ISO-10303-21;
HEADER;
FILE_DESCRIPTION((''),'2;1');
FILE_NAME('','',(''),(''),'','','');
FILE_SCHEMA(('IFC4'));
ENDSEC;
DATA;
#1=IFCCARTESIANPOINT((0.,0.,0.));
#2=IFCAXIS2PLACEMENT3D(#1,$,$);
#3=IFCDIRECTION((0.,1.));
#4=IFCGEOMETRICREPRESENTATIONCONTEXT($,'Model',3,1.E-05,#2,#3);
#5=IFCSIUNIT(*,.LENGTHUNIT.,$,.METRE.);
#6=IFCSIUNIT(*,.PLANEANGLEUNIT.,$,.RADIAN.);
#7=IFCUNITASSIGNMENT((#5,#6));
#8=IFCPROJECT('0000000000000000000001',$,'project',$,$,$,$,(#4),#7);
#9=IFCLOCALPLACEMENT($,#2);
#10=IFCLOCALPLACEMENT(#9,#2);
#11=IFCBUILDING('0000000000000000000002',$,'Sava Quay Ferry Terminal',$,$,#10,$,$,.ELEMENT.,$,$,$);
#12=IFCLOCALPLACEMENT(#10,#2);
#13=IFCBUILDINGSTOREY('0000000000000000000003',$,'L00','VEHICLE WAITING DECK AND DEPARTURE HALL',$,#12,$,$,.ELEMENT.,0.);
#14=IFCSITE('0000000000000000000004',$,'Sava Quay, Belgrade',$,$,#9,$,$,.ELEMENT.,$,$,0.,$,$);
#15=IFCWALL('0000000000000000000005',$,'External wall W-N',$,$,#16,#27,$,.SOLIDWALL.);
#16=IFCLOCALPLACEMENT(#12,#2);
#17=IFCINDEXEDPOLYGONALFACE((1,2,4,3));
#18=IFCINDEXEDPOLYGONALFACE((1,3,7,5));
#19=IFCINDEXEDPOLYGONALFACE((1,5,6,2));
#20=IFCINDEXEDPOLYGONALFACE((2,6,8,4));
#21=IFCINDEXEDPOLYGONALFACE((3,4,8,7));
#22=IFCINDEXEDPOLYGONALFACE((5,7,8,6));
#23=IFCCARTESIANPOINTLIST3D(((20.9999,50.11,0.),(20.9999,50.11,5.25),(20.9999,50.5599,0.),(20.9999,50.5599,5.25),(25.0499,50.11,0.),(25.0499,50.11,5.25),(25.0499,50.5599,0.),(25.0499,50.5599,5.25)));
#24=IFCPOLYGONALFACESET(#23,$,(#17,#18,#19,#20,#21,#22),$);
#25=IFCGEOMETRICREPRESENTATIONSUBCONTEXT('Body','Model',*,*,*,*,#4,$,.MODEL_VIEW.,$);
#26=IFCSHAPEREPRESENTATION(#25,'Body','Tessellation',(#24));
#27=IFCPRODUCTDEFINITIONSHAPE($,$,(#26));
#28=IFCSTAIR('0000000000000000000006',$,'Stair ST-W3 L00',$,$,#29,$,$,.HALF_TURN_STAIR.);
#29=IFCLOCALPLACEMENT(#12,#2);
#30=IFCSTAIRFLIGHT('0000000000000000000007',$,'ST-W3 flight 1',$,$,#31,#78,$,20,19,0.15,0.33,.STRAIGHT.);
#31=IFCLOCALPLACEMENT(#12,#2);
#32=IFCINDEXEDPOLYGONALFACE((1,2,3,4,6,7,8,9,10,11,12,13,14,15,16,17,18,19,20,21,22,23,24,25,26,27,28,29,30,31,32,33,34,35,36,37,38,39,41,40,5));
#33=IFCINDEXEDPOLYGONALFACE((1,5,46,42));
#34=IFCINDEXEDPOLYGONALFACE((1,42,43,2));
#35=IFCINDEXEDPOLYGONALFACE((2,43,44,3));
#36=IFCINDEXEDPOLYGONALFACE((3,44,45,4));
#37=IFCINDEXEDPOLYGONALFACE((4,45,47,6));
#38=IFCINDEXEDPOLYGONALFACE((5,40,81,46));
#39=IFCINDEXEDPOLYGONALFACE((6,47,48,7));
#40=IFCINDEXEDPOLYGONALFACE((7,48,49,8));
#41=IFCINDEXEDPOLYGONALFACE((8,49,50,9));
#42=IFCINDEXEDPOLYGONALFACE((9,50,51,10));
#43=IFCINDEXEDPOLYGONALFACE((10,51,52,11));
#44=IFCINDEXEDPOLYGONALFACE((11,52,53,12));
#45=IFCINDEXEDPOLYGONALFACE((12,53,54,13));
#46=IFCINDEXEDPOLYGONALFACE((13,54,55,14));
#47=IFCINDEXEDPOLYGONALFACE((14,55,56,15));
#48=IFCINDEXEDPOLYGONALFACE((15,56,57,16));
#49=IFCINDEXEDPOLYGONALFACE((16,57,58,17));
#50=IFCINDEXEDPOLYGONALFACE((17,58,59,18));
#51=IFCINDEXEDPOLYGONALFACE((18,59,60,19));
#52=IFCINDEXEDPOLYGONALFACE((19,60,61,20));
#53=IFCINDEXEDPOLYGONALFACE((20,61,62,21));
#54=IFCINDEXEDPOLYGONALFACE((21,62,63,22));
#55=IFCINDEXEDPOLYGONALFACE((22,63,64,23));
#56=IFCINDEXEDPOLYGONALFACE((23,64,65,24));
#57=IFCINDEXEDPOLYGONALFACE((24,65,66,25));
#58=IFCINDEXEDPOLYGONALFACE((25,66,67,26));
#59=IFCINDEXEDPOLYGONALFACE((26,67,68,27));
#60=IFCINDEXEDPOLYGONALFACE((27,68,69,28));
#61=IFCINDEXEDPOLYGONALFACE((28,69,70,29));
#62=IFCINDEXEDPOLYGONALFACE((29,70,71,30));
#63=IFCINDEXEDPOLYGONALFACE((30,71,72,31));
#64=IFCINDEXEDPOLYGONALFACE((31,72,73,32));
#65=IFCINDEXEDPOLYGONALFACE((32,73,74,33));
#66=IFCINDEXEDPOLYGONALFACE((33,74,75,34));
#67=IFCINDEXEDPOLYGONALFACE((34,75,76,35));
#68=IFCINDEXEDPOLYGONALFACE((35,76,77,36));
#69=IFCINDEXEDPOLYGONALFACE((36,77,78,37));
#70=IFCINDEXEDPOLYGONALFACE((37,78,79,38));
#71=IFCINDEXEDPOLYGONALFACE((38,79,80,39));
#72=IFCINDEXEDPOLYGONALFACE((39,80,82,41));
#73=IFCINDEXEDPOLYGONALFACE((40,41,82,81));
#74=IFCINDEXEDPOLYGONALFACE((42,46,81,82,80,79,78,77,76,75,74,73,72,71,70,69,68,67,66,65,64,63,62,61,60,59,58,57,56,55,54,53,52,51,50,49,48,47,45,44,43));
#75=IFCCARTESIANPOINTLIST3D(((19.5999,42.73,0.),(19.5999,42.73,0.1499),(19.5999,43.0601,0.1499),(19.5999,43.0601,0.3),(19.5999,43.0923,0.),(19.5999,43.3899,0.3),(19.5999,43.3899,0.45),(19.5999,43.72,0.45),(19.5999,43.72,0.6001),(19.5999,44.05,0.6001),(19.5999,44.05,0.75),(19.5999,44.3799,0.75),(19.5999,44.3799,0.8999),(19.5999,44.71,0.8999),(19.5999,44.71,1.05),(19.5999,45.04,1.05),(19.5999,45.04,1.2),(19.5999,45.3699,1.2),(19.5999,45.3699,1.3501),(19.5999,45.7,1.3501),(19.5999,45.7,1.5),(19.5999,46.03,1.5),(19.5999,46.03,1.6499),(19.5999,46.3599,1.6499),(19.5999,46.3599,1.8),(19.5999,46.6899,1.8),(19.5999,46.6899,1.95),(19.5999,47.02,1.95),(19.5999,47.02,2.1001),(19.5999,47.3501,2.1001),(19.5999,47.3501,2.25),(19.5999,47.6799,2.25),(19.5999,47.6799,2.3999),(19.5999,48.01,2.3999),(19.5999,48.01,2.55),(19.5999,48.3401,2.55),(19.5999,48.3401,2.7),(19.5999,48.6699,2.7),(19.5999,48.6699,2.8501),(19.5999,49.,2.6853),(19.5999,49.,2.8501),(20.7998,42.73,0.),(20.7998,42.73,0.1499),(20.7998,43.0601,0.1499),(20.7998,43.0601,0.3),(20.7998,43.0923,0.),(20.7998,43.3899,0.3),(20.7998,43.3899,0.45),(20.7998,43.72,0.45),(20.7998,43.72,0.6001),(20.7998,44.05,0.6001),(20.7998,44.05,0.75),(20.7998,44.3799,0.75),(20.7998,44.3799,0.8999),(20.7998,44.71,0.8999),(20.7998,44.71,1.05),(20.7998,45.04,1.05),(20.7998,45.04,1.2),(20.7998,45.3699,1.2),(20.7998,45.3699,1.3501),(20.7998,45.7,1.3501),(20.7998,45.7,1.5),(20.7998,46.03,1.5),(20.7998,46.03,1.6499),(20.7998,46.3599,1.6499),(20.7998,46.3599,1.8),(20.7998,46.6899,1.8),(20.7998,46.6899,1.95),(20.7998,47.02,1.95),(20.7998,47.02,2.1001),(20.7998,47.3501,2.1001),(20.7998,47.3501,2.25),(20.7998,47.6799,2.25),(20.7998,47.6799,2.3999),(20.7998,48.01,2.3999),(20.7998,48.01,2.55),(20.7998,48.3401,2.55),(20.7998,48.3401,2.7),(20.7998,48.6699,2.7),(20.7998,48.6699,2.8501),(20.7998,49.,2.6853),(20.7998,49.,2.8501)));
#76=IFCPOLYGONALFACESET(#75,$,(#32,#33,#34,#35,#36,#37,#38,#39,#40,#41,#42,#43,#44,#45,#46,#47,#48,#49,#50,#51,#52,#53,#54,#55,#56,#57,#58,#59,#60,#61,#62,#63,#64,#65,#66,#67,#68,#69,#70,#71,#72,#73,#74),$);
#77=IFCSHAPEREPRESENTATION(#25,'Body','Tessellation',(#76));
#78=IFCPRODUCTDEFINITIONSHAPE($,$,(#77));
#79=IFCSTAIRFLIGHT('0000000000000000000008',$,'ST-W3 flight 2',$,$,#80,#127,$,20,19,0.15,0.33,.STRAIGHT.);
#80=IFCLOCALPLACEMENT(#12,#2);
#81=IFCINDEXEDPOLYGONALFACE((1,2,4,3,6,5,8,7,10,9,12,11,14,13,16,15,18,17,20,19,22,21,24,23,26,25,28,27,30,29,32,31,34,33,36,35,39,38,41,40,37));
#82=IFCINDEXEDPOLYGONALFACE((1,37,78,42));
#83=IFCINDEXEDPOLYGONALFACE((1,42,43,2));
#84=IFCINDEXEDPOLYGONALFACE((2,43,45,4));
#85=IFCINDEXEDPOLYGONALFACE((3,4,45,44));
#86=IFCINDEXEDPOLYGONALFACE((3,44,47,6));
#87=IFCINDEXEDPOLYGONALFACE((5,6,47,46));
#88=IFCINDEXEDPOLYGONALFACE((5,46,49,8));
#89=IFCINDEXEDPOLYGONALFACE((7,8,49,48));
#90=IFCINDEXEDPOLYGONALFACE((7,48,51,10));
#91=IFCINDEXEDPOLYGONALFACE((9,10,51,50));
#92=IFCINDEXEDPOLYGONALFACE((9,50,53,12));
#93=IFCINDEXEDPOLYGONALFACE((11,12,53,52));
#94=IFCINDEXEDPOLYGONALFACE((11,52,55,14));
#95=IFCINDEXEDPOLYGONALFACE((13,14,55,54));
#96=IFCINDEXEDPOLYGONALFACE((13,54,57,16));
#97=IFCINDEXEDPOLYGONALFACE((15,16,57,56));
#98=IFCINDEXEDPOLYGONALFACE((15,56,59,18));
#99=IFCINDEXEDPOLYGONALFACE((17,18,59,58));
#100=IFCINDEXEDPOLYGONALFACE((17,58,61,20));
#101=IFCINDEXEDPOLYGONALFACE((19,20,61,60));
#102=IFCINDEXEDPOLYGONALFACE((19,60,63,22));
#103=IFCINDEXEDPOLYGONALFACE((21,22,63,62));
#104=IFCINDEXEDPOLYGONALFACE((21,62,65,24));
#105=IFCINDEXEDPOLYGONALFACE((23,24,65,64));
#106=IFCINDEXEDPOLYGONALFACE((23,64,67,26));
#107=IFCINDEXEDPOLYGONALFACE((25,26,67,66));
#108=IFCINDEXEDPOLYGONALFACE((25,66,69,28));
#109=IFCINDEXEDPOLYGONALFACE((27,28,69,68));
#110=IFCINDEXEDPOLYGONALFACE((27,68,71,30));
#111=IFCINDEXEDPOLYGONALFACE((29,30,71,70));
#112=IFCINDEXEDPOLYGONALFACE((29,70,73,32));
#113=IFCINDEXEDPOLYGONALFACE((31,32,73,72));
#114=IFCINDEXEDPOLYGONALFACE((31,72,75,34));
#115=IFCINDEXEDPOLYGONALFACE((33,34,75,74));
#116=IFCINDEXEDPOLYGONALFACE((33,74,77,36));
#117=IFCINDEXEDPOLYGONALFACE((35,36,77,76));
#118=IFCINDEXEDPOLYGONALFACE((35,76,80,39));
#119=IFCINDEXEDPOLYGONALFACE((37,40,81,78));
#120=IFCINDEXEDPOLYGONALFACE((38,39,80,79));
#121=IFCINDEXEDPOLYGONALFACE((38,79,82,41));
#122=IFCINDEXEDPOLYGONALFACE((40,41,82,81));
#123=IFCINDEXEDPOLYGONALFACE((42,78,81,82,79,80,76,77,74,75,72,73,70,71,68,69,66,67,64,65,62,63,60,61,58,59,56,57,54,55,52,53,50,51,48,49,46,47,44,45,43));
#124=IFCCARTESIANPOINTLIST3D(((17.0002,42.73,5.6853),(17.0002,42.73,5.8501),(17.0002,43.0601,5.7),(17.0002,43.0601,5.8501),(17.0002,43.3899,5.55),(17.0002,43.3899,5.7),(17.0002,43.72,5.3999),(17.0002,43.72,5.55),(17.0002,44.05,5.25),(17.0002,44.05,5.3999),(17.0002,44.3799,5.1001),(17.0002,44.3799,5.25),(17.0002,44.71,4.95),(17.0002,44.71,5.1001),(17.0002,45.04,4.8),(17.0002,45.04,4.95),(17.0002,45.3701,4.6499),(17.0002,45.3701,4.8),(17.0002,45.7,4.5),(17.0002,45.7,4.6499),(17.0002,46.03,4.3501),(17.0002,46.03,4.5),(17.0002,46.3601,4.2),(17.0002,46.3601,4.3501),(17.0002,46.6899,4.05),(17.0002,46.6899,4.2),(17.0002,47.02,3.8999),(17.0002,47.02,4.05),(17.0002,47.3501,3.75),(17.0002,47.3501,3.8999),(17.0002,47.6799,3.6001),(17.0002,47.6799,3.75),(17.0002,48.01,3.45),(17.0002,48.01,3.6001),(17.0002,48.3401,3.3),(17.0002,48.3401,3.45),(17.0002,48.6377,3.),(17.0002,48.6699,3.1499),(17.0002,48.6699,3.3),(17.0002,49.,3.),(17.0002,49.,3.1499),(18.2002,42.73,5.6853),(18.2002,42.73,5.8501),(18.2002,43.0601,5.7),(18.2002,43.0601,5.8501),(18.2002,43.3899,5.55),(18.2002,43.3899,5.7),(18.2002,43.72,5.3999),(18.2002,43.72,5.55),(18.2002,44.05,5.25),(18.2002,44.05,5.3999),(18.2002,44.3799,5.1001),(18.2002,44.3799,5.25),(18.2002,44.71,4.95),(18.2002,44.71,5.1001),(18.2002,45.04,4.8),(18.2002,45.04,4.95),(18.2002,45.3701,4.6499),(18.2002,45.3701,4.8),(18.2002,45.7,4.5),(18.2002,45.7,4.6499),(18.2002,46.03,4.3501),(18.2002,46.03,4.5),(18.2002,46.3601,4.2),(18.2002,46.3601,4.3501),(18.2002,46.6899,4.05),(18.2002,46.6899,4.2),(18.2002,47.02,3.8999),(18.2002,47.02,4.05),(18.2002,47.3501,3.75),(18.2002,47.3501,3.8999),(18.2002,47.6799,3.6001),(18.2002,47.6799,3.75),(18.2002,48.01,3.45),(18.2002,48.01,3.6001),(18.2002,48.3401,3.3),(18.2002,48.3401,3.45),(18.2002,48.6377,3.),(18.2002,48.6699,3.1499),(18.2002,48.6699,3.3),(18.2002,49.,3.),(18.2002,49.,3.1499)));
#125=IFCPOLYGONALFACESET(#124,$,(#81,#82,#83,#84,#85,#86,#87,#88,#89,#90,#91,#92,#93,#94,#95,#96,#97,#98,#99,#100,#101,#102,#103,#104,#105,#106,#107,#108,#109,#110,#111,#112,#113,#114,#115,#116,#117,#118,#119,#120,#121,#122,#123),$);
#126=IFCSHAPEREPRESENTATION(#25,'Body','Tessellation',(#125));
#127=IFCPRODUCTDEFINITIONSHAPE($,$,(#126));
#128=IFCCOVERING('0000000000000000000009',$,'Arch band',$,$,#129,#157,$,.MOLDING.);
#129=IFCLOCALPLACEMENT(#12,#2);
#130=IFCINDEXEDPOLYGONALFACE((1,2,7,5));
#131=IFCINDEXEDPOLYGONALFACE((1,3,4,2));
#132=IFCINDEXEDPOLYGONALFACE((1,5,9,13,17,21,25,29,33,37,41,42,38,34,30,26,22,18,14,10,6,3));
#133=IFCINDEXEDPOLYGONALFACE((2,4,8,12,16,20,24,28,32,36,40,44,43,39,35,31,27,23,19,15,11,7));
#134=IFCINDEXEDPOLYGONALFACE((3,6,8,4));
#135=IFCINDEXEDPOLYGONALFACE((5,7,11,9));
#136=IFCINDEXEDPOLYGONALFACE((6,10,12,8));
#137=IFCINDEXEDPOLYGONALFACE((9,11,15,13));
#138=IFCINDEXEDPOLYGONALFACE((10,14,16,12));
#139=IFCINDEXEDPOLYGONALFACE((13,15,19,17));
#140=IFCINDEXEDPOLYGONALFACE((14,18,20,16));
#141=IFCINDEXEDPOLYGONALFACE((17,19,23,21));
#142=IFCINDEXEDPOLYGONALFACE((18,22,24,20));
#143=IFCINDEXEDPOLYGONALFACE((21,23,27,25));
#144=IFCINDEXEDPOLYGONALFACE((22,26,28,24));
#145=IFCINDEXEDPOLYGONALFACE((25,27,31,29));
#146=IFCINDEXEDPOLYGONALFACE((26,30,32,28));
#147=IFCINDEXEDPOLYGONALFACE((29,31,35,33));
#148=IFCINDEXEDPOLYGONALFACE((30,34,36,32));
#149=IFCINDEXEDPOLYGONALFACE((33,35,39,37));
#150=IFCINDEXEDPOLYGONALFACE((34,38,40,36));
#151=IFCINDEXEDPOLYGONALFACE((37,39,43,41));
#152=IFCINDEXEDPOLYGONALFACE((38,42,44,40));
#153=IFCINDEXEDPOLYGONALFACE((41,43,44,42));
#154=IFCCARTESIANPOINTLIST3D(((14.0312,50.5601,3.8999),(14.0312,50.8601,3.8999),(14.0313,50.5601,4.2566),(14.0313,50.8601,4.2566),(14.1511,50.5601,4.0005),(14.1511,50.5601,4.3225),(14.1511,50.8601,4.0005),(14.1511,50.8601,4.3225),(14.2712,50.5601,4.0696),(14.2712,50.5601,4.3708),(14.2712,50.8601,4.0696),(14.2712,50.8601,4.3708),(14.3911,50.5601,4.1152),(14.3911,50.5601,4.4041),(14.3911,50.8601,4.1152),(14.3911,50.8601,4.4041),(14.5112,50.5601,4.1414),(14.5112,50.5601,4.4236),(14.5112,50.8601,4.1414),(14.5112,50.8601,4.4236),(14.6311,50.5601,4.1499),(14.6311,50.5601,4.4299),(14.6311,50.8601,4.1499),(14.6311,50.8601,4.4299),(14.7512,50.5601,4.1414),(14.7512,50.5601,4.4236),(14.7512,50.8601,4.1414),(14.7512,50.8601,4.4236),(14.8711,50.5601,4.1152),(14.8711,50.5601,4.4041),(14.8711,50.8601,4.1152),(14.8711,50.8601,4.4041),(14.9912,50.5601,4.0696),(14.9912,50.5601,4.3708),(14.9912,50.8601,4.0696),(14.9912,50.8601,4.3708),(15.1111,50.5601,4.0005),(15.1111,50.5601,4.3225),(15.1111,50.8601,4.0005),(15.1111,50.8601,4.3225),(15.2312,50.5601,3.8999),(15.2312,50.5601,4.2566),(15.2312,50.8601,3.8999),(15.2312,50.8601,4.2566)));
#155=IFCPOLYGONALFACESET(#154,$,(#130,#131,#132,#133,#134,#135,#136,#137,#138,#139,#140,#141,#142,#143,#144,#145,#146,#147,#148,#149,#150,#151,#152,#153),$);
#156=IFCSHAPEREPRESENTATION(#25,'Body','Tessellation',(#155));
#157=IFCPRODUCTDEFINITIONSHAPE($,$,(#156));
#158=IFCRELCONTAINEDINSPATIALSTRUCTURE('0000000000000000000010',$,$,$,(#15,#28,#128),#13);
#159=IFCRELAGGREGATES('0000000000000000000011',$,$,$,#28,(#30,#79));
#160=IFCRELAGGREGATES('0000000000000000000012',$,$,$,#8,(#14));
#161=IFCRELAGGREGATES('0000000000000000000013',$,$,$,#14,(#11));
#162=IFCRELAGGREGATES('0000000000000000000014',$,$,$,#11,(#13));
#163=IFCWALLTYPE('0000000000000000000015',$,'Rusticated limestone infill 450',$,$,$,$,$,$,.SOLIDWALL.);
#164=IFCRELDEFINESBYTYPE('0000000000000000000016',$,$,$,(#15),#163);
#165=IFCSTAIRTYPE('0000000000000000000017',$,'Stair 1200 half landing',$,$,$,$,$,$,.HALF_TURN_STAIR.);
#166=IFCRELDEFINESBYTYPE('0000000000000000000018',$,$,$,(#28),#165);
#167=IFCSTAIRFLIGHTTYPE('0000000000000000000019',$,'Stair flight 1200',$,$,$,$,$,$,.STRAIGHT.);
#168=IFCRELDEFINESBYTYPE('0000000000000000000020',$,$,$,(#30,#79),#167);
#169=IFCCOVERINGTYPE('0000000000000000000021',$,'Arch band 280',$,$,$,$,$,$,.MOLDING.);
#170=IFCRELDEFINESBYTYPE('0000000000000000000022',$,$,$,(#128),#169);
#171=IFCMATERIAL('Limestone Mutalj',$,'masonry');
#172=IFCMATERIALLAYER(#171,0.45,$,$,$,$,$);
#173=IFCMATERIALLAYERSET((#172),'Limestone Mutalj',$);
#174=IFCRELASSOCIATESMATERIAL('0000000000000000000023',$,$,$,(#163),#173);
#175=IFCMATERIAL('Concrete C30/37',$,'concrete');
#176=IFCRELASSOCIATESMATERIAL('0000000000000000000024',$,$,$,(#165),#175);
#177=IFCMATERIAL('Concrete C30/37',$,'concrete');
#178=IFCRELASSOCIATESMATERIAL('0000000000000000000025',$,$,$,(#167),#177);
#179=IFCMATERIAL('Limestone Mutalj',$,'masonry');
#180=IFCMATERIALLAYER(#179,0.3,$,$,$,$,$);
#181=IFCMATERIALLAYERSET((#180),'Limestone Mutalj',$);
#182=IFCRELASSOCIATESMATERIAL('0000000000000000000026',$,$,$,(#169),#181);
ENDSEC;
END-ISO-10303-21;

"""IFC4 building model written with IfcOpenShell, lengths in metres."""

from ifc_helpers import new_model, si_unit, direction, frame, frame_2d, origin, place, context, subcontext, project, spatial, polyline, rectangle, outline, extrude, material, layer, layer_set, type_object, element, aggregate, save


model = new_model("IFC4")

# Units and contexts
model_context = context("Model", 3, precision=1e-05, world=origin(), true_north=direction((0.0, 1.0)))
body_context = subcontext(model_context, "Body", "Model", "MODEL_VIEW")
ifc_project = project(units=[si_unit("LENGTHUNIT", "METRE"), si_unit("PLANEANGLEUNIT", "RADIAN")], contexts=[model_context])

# Site, building, storey
site_placement = place(None, origin())
site = spatial("IfcSite", under=ifc_project, at=site_placement, Name="Sava Quay, Belgrade", CompositionType="ELEMENT", RefElevation=0.0)
building_placement = place(site_placement, origin())
building = spatial("IfcBuilding", under=site, at=building_placement, Name="Sava Quay Ferry Terminal", CompositionType="ELEMENT")
storey_placement = place(building_placement, origin())
storey = spatial("IfcBuildingStorey", under=building, at=storey_placement, Name="L00", Description="VEHICLE WAITING DECK AND DEPARTURE HALL", CompositionType="ELEMENT", Elevation=0.0)

# Wall
ifc_material_1 = material(Name="Limestone Mutalj", Category="masonry")
ifc_layer_1 = layer(ifc_material_1, 0.45)
ifc_layer_set_1 = layer_set([ifc_layer_1], Name="Limestone Mutalj")
wall_type_1 = type_object("IfcWallType", Name="Rusticated limestone infill 450", PredefinedType="SOLIDWALL", material=ifc_layer_set_1)
wall_1_placement = place(storey_placement, frame((21.0, 50.335, 0.0), z_axis=(0.0, 0.0, 1.0), x_axis=(1.0, 0.0, 0.0)))
element("IfcWall", 1, at=wall_1_placement, inside=storey, type_object=wall_type_1, Name="External wall W-N", PredefinedType="SOLIDWALL", context=body_context, shape_type="SweptSolid", body=[
    extrude(rectangle(XDim=4.05, YDim=0.45, at=frame_2d((2.0249, 0.0))), origin(), (0.0, 0.0, 1.0), 5.25),
])

# Stair, stair flights
ifc_material_2 = material(Name="Concrete C30/37", Category="concrete")
stair_type = type_object("IfcStairType", Name="Stair 1200 half landing", PredefinedType="HALF_TURN_STAIR", material=ifc_material_2)
stair_placement = place(storey_placement, origin())
stair = element("IfcStair", 2, at=stair_placement, inside=storey, type_object=stair_type, Name="Stair ST-W3 L00", PredefinedType="HALF_TURN_STAIR")
ifc_material_3 = material(Name="Concrete C30/37", Category="concrete")
stair_flight_type = type_object("IfcStairFlightType", Name="Stair flight 1200", PredefinedType="STRAIGHT", material=ifc_material_3)
stair_flight_1_placement = place(storey_placement, frame((20.2, 42.73, 0.0), z_axis=(0.0, 0.0, 1.0), x_axis=(0.0, 1.0, 0.0)))
stair_flight_1 = element("IfcStairFlight", 3, at=stair_flight_1_placement, type_object=stair_flight_type, Name="ST-W3 flight 1", NumberOfRisers=20, NumberOfTreads=19, PredefinedType="STRAIGHT", RiserHeight=0.15, TreadLength=0.33, context=body_context, shape_type="SweptSolid", body=[
    extrude(outline(polyline([(0.0, 0.0), (0.0, 0.1499), (0.3301, 0.1499), (0.3301, 0.3), (0.6599, 0.3), (0.6599, 0.45), (0.99, 0.45), (0.99, 0.6001), (1.3201, 0.6001), (1.3201, 0.75), (1.6499, 0.75), (1.6499, 0.8999), (1.98, 0.8999), (1.98, 1.05), (2.3101, 1.05), (2.3101, 1.2), (2.6399, 1.2), (2.6399, 1.3501), (2.97, 1.3501), (2.97, 1.5), (3.3, 1.5), (3.3, 1.6499), (3.6299, 1.6499), (3.6299, 1.8), (3.96, 1.8), (3.96, 1.95), (4.29, 1.95), (4.29, 2.1001), (4.6201, 2.1001), (4.6201, 2.25), (4.95, 2.25), (4.95, 2.3999), (5.28, 2.3999), (5.28, 2.55), (5.6101, 2.55), (5.6101, 2.7), (5.9399, 2.7), (5.9399, 2.8501), (6.27, 2.8501), (6.27, 3.0), (6.27, 2.6853), (0.3623, 0.0), (0.0, 0.0)])), frame((0.0, 0.6001, 0.0), z_axis=(0.0, -1.0, 0.0), x_axis=(1.0, 0.0, 0.0)), (0.0, 0.0, 1.0), 1.2),
])
stair_flight_2_placement = place(storey_placement, frame((17.6001, 49.0, 3.0), z_axis=(0.0, 0.0, 1.0), x_axis=(0.0, -1.0, 0.0)))
stair_flight_2 = element("IfcStairFlight", 4, at=stair_flight_2_placement, type_object=stair_flight_type, Name="ST-W3 flight 2", NumberOfRisers=20, NumberOfTreads=19, PredefinedType="STRAIGHT", RiserHeight=0.15, TreadLength=0.33, context=body_context, shape_type="SweptSolid", body=[
    extrude(outline(polyline([(0.0, 0.0), (0.0, 0.1499), (0.3301, 0.1499), (0.3301, 0.3), (0.6599, 0.3), (0.6599, 0.45), (0.99, 0.45), (0.99, 0.6001), (1.3201, 0.6001), (1.3201, 0.75), (1.6499, 0.75), (1.6499, 0.8999), (1.98, 0.8999), (1.98, 1.05), (2.3101, 1.05), (2.3101, 1.2), (2.6399, 1.2), (2.6399, 1.3501), (2.97, 1.3501), (2.97, 1.5), (3.3, 1.5), (3.3, 1.6499), (3.6299, 1.6499), (3.6299, 1.8), (3.96, 1.8), (3.96, 1.95), (4.29, 1.95), (4.29, 2.1001), (4.6201, 2.1001), (4.6201, 2.25), (4.95, 2.25), (4.95, 2.3999), (5.28, 2.3999), (5.28, 2.55), (5.6101, 2.55), (5.6101, 2.7), (5.9399, 2.7), (5.9399, 2.8501), (6.27, 2.8501), (6.27, 3.0), (6.27, 2.6853), (0.3623, 0.0), (0.0, 0.0)])), frame((0.0, 0.6001, 0.0), z_axis=(0.0, -1.0, 0.0), x_axis=(1.0, 0.0, 0.0)), (0.0, 0.0, 1.0), 1.2),
])
aggregate(stair, [stair_flight_1, stair_flight_2])

# Covering
ifc_material_4 = material(Name="Limestone Mutalj", Category="masonry")
ifc_layer_2 = layer(ifc_material_4, 0.3)
ifc_layer_set_2 = layer_set([ifc_layer_2], Name="Limestone Mutalj")
covering_type_1 = type_object("IfcCoveringType", Name="Arch band 280", PredefinedType="MOLDING", material=ifc_layer_set_2)
covering_1_placement = place(storey_placement, frame((14.0312, 50.5601, 3.8999), z_axis=(0.0, -1.0, 0.0), x_axis=(0.766043, 0.0, 0.64279)))
element("IfcCovering", 5, at=covering_1_placement, inside=storey, type_object=covering_type_1, Name="Arch band", PredefinedType="MOLDING", context=body_context, shape_type="SweptSolid", body=[
    extrude(outline(polyline([(0.0, 0.0), (0.1565, 0.0), (0.2929, -0.0243), (0.4141, -0.0664), (0.5229, -0.1236), (0.6202, -0.1941), (0.7067, -0.2778), (0.7818, -0.3749), (0.8444, -0.4871), (0.8919, -0.6171), (0.9192, -0.7713), (1.1485, -0.4981), (1.0988, -0.3704), (1.0381, -0.2563), (0.9674, -0.1536), (0.8881, -0.0616), (0.8002, 0.0204), (0.7043, 0.0926), (0.5997, 0.1549), (0.4866, 0.2065), (0.3635, 0.2467), (0.2293, 0.2732), (0.0, 0.0)])), origin(), (0.0, 0.0, -1.0), 0.3),
])

save(model, "model.ifc")
